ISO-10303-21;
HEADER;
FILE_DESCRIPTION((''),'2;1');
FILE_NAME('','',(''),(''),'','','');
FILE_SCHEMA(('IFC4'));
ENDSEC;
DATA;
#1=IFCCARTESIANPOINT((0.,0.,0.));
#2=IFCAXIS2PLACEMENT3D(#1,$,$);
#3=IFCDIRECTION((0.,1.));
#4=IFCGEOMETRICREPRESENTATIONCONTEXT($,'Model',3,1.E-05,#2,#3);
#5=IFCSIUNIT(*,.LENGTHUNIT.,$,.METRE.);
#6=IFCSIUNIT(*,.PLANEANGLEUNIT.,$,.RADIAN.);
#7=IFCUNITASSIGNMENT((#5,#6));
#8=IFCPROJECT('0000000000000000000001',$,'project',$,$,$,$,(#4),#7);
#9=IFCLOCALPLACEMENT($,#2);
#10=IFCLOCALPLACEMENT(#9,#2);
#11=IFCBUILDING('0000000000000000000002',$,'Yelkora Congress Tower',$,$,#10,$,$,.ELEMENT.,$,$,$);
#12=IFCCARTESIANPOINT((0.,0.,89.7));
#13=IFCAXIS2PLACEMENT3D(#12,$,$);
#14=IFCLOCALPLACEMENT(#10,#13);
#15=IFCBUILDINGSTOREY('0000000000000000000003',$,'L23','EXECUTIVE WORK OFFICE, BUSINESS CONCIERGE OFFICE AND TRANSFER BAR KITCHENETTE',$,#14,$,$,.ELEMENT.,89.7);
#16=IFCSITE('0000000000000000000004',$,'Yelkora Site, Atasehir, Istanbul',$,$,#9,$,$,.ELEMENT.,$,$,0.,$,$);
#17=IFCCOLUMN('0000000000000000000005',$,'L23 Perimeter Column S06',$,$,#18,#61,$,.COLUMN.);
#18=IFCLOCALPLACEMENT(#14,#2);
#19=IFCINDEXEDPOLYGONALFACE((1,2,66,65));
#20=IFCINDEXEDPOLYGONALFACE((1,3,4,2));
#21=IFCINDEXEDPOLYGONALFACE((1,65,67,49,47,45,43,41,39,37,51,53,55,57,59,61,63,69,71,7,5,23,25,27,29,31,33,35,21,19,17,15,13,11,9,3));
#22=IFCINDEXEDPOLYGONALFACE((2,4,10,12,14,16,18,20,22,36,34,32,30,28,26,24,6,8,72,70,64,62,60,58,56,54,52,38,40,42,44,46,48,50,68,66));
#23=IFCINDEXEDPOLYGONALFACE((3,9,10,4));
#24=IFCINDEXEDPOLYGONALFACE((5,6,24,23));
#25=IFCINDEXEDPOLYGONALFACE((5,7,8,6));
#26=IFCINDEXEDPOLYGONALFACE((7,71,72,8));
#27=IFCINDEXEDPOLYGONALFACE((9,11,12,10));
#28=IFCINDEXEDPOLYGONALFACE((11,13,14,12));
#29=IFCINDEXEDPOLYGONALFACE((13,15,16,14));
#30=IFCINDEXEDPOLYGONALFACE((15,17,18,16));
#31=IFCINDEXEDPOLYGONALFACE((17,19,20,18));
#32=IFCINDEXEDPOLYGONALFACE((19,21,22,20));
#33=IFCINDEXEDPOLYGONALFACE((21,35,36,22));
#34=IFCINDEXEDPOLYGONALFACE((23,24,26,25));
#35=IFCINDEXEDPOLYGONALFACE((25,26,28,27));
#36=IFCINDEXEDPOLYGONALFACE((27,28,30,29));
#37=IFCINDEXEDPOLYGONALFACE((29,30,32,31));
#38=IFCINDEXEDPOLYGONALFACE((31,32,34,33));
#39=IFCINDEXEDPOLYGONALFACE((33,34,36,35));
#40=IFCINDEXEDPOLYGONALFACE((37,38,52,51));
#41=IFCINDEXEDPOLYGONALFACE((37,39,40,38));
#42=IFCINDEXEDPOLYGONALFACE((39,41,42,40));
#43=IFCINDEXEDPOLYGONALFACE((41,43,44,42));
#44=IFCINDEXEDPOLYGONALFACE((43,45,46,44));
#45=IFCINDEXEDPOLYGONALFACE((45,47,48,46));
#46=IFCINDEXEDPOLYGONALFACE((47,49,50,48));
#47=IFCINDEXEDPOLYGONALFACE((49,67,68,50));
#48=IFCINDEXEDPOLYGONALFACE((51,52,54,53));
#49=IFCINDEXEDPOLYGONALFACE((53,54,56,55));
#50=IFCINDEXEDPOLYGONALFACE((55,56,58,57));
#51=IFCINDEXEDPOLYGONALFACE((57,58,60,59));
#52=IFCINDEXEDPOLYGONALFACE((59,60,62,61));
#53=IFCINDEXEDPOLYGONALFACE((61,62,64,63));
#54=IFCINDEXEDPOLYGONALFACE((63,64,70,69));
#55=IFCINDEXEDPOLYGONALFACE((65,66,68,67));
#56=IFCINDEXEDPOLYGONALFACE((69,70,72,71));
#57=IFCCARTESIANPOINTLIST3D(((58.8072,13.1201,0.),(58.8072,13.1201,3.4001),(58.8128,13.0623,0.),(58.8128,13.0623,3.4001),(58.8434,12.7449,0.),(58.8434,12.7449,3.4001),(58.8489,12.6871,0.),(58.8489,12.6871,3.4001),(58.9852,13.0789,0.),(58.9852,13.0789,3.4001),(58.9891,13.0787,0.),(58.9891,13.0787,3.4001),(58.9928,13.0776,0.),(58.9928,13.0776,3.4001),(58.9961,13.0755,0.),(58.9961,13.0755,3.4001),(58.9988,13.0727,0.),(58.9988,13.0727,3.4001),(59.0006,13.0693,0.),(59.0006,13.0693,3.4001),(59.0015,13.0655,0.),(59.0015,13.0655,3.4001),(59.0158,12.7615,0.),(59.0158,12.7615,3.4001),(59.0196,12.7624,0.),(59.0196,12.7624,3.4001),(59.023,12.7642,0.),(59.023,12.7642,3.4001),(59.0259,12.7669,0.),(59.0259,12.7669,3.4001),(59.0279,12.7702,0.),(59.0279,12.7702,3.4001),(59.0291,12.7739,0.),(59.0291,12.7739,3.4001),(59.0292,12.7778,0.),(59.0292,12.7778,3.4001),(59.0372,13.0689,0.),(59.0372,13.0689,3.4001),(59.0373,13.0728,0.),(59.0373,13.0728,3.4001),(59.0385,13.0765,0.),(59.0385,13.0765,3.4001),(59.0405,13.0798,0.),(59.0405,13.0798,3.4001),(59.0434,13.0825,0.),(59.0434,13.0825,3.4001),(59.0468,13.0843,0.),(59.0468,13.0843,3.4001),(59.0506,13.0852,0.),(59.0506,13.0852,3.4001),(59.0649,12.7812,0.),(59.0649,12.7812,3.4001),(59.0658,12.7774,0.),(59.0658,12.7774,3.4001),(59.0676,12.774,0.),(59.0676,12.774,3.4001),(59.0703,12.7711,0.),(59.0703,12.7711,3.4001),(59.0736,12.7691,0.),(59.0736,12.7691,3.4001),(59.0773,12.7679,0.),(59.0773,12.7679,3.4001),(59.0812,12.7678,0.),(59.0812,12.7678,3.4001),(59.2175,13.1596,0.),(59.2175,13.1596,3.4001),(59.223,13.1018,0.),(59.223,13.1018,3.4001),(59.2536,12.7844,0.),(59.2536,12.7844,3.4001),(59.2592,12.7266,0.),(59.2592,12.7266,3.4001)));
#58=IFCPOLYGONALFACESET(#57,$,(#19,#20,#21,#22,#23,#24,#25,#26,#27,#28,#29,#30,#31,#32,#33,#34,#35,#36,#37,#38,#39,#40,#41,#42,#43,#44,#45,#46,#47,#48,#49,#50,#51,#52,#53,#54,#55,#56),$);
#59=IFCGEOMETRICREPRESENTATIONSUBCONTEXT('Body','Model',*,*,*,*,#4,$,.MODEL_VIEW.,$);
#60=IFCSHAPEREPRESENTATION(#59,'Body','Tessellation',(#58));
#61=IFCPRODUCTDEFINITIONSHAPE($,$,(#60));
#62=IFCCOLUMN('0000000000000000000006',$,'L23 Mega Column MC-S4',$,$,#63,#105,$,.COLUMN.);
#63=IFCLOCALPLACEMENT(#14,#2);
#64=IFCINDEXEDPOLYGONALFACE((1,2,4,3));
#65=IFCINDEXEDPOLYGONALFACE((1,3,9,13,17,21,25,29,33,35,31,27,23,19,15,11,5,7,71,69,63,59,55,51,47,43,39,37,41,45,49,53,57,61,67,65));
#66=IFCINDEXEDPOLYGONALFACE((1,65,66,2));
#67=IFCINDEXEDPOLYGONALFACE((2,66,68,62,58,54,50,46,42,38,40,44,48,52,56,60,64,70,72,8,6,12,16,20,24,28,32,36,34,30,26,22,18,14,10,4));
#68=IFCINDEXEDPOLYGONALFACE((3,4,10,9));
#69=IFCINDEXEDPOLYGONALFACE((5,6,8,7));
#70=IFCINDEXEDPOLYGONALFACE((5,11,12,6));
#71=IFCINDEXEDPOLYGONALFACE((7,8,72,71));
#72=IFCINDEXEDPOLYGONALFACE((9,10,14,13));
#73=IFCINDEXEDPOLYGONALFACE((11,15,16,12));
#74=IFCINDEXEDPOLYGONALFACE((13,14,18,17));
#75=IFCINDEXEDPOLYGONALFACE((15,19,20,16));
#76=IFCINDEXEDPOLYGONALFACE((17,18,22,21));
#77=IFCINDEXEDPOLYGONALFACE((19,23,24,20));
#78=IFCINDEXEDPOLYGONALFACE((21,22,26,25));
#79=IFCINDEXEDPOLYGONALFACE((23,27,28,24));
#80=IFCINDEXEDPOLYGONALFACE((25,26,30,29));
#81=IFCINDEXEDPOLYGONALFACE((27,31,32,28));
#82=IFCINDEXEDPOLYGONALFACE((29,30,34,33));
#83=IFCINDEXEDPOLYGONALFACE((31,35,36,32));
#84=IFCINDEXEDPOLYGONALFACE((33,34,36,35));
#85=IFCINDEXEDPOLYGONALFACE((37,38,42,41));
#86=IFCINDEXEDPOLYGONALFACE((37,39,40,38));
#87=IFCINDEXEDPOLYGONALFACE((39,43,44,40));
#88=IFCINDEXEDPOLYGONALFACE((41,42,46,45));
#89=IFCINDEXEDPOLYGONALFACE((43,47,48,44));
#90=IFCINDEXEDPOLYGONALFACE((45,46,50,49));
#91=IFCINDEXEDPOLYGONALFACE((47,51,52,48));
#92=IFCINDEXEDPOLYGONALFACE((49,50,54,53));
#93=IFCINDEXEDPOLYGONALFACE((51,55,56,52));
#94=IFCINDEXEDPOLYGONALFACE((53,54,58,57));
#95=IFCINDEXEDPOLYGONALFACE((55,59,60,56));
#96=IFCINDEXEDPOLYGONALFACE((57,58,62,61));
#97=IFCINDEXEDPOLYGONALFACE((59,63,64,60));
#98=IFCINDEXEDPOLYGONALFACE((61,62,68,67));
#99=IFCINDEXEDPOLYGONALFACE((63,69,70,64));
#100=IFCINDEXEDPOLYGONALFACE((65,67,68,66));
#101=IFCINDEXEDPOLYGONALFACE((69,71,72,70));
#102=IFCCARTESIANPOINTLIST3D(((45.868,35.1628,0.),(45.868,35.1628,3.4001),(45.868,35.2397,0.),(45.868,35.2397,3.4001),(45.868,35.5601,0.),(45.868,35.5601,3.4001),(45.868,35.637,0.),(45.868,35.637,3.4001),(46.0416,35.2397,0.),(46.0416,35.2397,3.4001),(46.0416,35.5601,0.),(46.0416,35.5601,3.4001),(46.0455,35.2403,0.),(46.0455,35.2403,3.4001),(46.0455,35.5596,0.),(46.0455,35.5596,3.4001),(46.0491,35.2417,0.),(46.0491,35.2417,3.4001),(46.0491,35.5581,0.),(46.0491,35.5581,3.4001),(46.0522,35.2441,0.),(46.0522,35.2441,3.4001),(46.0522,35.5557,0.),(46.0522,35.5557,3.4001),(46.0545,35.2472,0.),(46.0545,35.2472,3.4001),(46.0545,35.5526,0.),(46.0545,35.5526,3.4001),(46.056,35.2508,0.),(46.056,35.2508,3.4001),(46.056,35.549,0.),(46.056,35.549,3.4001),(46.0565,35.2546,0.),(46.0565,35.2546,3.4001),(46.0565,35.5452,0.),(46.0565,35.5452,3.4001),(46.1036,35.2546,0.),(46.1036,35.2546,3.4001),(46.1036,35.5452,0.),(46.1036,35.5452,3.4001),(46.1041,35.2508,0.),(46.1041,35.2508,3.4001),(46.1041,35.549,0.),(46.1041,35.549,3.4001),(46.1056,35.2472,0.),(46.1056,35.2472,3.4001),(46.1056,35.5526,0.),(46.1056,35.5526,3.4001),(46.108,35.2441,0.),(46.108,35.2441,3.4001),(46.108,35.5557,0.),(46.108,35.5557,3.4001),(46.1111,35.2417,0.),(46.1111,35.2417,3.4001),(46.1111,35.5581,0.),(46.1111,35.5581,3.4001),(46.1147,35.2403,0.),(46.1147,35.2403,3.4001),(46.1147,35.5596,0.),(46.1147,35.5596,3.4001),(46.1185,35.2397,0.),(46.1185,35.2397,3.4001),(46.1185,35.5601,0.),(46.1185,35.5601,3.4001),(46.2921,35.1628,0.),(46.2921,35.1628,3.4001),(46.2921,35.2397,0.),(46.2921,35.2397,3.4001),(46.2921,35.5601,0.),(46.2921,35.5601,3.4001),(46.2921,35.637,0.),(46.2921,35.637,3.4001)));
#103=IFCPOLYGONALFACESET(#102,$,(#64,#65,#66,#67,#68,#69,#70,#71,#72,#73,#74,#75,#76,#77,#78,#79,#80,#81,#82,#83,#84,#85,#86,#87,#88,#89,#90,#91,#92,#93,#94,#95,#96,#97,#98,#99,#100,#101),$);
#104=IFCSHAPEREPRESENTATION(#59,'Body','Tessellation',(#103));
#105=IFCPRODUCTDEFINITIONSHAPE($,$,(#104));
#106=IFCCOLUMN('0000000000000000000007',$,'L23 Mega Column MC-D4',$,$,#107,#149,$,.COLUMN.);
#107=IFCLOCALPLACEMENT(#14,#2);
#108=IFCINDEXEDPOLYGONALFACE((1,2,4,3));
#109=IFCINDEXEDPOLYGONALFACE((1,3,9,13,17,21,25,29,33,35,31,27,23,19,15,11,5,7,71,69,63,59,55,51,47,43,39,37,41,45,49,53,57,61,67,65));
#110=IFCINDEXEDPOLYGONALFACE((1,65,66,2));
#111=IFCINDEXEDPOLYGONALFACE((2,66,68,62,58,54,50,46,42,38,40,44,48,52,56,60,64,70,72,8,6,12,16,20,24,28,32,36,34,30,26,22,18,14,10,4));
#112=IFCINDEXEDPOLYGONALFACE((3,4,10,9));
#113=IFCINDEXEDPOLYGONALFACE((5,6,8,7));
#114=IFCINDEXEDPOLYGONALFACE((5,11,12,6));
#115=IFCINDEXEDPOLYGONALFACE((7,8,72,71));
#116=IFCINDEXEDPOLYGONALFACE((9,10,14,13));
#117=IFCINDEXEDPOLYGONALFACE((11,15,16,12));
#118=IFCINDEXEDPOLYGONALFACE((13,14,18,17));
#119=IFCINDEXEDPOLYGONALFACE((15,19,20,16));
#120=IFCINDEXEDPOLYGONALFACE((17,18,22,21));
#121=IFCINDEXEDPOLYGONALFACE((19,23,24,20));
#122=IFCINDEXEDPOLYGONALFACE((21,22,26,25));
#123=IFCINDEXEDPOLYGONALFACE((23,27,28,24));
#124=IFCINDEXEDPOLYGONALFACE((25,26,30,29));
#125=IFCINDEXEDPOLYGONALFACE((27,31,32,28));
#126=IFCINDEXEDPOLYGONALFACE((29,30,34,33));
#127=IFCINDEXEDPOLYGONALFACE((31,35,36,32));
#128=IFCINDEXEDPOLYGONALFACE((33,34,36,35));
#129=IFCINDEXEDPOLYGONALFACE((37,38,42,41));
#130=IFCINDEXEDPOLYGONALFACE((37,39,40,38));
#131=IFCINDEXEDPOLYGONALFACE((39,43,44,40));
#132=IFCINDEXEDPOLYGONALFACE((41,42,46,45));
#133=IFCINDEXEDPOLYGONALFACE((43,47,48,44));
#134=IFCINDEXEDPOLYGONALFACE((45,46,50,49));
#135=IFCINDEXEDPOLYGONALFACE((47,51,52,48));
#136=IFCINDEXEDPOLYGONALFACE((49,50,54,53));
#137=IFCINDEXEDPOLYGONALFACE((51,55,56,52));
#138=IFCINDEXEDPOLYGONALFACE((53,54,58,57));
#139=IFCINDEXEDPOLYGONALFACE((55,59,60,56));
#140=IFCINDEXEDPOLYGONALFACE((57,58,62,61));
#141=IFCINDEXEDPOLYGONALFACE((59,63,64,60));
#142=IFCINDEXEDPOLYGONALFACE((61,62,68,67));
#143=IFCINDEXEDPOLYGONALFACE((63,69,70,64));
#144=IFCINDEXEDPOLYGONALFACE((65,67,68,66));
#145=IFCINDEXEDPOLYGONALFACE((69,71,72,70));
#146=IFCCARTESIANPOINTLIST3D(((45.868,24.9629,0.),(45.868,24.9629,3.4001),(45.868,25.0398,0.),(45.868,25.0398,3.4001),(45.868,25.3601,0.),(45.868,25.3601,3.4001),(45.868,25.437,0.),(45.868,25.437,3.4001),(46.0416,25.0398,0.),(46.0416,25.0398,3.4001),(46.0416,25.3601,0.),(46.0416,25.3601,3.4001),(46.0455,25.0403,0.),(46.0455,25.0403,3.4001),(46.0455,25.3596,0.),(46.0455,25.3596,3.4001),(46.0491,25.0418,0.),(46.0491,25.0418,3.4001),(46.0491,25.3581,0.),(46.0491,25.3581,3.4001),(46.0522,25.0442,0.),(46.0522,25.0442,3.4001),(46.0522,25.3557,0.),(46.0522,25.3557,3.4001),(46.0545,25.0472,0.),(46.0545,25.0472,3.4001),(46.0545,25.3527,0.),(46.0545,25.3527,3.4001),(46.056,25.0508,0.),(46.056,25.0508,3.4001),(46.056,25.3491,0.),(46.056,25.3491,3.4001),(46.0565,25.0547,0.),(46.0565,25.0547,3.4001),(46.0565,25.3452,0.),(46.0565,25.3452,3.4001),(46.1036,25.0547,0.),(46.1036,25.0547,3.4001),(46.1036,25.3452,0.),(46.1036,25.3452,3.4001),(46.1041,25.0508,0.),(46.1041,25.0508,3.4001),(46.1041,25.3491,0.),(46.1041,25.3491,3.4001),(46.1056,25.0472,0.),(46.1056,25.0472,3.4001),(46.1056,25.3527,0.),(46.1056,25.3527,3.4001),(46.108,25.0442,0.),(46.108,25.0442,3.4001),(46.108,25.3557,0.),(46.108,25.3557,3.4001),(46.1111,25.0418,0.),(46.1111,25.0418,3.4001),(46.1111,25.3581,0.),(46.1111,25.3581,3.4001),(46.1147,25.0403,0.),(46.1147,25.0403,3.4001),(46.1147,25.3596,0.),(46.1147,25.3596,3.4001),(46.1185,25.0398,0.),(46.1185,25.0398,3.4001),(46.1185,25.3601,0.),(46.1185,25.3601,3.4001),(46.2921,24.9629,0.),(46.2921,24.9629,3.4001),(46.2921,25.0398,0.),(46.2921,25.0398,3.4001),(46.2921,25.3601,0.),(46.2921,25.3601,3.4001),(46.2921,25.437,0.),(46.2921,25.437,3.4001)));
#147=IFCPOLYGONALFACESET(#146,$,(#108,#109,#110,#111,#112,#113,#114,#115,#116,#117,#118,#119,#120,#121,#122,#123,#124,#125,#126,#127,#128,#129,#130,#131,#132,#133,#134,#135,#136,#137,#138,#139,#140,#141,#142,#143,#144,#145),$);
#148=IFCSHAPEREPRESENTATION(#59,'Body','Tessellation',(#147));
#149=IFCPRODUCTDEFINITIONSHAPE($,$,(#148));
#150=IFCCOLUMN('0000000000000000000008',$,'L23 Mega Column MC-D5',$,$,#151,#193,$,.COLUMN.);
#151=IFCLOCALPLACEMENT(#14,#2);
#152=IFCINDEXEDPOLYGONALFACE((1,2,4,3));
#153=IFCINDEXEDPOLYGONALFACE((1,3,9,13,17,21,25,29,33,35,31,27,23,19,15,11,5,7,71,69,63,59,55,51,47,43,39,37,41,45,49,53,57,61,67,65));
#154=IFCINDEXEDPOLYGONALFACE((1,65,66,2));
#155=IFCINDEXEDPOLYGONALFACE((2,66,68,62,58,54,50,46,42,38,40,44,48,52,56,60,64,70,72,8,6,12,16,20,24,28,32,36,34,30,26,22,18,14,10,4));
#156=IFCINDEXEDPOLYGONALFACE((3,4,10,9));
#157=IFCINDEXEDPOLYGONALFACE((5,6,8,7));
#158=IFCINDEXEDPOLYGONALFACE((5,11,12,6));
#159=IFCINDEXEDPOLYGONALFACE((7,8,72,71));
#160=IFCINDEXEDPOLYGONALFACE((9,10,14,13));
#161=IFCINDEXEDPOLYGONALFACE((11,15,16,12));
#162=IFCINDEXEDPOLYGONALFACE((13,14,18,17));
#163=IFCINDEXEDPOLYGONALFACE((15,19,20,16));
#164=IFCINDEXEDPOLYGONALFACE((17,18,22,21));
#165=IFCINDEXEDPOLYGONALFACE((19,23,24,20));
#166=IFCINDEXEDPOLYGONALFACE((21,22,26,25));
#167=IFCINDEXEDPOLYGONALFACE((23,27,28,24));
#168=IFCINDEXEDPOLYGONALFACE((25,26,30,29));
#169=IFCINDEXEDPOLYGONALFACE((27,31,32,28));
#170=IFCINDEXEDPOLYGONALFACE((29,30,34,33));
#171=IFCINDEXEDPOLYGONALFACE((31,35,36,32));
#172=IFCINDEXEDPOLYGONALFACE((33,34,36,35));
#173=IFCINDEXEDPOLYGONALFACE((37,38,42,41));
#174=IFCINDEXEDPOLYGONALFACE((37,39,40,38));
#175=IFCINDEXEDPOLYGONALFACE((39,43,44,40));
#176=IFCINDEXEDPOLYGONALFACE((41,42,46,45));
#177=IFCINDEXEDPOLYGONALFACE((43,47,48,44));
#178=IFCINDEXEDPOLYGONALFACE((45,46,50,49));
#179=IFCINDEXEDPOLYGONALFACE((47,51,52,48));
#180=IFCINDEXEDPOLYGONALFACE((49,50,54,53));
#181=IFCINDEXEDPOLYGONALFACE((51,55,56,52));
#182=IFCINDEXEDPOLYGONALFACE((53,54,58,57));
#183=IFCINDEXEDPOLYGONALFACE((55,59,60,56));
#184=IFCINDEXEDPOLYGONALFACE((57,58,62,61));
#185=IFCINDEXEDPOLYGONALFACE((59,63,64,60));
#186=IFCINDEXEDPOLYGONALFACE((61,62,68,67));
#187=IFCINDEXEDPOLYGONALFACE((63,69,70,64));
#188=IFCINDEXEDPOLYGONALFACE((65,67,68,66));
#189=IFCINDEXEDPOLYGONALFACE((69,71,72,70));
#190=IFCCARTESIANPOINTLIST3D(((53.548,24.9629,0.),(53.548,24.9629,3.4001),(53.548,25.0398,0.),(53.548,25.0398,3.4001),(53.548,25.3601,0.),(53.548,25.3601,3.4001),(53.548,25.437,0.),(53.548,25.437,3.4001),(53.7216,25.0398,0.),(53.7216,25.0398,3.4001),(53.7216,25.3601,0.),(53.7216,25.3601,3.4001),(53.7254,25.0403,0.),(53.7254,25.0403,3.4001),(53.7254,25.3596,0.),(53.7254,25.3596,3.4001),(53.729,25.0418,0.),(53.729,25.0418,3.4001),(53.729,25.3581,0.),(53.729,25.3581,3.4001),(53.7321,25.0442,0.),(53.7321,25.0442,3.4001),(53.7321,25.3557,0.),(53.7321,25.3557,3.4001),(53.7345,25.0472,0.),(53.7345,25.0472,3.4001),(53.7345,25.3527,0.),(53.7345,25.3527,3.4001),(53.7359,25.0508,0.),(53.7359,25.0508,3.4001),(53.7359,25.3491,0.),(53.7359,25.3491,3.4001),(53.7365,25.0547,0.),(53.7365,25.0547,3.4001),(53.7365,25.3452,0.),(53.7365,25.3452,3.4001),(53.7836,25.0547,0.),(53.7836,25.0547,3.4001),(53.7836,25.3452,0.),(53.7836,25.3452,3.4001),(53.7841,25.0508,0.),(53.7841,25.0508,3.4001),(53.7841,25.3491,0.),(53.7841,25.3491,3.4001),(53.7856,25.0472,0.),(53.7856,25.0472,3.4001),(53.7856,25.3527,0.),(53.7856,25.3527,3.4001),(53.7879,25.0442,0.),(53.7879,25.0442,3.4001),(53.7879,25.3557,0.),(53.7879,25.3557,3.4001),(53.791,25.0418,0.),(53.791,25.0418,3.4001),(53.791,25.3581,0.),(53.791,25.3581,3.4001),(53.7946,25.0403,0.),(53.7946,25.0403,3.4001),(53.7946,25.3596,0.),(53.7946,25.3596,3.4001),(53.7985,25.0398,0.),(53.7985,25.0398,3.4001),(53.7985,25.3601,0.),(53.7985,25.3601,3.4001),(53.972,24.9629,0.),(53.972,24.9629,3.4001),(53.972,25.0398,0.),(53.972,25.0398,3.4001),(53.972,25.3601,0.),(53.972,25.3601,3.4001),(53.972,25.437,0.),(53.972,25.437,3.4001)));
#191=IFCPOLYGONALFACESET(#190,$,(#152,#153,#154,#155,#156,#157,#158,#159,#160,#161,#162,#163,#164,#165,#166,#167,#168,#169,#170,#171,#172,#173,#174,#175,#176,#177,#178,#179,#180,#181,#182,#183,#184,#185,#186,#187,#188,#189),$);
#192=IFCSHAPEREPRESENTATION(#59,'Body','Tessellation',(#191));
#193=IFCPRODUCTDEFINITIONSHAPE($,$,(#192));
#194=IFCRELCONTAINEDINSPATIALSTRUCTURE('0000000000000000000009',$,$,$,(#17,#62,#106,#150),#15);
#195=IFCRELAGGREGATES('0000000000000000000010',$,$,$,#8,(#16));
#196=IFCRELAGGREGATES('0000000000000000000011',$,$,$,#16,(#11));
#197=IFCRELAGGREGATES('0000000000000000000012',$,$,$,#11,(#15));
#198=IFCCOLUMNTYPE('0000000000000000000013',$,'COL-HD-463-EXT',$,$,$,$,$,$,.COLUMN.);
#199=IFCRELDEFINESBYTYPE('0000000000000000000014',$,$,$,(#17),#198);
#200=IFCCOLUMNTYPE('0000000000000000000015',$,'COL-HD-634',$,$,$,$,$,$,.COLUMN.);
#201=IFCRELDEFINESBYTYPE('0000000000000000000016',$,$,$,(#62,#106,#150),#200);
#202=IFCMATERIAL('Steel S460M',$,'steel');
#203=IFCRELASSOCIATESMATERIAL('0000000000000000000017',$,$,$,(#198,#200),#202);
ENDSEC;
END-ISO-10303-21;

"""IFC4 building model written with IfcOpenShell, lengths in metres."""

from ifc_helpers import new_model, si_unit, direction, frame, origin, origin_2d, place, context, subcontext, project, spatial, i_section, extrude, material, material_profile, profile_set, type_object, element, save


model = new_model("IFC4")

# Units and contexts
model_context = context("Model", 3, precision=1e-05, world=origin(), true_north=direction((0.0, 1.0)))
body_context = subcontext(model_context, "Body", "Model", "MODEL_VIEW")
ifc_project = project(units=[si_unit("LENGTHUNIT", "METRE"), si_unit("PLANEANGLEUNIT", "RADIAN")], contexts=[model_context])

# Site, building, storey
site_placement = place(None, origin())
site = spatial("IfcSite", under=ifc_project, at=site_placement, Name="Yelkora Site, Atasehir, Istanbul", CompositionType="ELEMENT", RefElevation=0.0)
building_placement = place(site_placement, origin())
building = spatial("IfcBuilding", under=site, at=building_placement, Name="Yelkora Congress Tower", CompositionType="ELEMENT")
storey_placement = place(building_placement, frame((0.0, 0.0, 89.7)))
storey = spatial("IfcBuildingStorey", under=building, at=storey_placement, Name="L23", Description="EXECUTIVE WORK OFFICE, BUSINESS CONCIERGE OFFICE AND TRANSFER BAR KITCHENETTE", CompositionType="ELEMENT", Elevation=89.7)

# Columns
ifc_material_1 = material(Name="Steel S460M", Category="steel")
ifc_material_profile_1 = material_profile(ifc_material_1, i_section(OverallWidth=0.4121, OverallDepth=0.4351, WebThickness=0.0359, FlangeThickness=0.0581, FilletRadius=0.0149, at=origin_2d()), Name="HD 400x463")
ifc_profile_set_1 = profile_set([ifc_material_profile_1], Name="Steel S460M")
column_type_1 = type_object("IfcColumnType", Name="COL-HD-463-EXT", PredefinedType="COLUMN", material=ifc_profile_set_1)
column_placement = place(storey_placement, frame((59.0332, 12.9233, 0.0), z_axis=(0.0, 0.0, 1.0), x_axis=(0.995396, 0.095846, 0.0)))
element("IfcColumn", 1, at=column_placement, inside=storey, type_object=column_type_1, Name="L23 Perimeter Column S06", PredefinedType="COLUMN", context=body_context, shape_type="SweptSolid", body=[
    extrude(i_section(OverallWidth=0.4121, OverallDepth=0.4351, WebThickness=0.0359, FlangeThickness=0.0581, FilletRadius=0.0149, at=origin_2d()), origin(), (0.0, 0.0, 1.0), 3.4001),
])
ifc_material_profile_2 = material_profile(ifc_material_1, i_section(OverallWidth=0.4241, OverallDepth=0.4741, WebThickness=0.0471, FlangeThickness=0.0769, FilletRadius=0.0149, at=origin_2d()), Name="HD 400x634")
ifc_profile_set_2 = profile_set([ifc_material_profile_2], Name="Steel S460M")
column_type_2 = type_object("IfcColumnType", Name="COL-HD-634", PredefinedType="COLUMN", material=ifc_profile_set_2)
for number, where, z_axis, x_axis, name in (
    (2, (46.0801, 35.3999, 0.0), (0.0, 0.0, 1.0), (1.0, 0.0, 0.0), "L23 Mega Column MC-S4"),
    (3, (46.0801, 25.2, 0.0), (0.0, 0.0, 1.0), (1.0, 0.0, 0.0), "L23 Mega Column MC-D4"),
    (4, (53.76, 25.2, 0.0), (0.0, 0.0, 1.0), (1.0, 0.0, 0.0), "L23 Mega Column MC-D5"),
):
    element("IfcColumn", number, at=place(storey_placement, frame(where, z_axis=z_axis, x_axis=x_axis)), inside=storey, type_object=column_type_2, Name=name, PredefinedType="COLUMN", context=body_context, shape_type="SweptSolid", body=[
        extrude(i_section(OverallWidth=0.4241, OverallDepth=0.4741, WebThickness=0.0471, FlangeThickness=0.0769, FilletRadius=0.0149, at=origin_2d()), origin(), (0.0, 0.0, 1.0), 3.4001),
    ])

save(model, "model.ifc")
